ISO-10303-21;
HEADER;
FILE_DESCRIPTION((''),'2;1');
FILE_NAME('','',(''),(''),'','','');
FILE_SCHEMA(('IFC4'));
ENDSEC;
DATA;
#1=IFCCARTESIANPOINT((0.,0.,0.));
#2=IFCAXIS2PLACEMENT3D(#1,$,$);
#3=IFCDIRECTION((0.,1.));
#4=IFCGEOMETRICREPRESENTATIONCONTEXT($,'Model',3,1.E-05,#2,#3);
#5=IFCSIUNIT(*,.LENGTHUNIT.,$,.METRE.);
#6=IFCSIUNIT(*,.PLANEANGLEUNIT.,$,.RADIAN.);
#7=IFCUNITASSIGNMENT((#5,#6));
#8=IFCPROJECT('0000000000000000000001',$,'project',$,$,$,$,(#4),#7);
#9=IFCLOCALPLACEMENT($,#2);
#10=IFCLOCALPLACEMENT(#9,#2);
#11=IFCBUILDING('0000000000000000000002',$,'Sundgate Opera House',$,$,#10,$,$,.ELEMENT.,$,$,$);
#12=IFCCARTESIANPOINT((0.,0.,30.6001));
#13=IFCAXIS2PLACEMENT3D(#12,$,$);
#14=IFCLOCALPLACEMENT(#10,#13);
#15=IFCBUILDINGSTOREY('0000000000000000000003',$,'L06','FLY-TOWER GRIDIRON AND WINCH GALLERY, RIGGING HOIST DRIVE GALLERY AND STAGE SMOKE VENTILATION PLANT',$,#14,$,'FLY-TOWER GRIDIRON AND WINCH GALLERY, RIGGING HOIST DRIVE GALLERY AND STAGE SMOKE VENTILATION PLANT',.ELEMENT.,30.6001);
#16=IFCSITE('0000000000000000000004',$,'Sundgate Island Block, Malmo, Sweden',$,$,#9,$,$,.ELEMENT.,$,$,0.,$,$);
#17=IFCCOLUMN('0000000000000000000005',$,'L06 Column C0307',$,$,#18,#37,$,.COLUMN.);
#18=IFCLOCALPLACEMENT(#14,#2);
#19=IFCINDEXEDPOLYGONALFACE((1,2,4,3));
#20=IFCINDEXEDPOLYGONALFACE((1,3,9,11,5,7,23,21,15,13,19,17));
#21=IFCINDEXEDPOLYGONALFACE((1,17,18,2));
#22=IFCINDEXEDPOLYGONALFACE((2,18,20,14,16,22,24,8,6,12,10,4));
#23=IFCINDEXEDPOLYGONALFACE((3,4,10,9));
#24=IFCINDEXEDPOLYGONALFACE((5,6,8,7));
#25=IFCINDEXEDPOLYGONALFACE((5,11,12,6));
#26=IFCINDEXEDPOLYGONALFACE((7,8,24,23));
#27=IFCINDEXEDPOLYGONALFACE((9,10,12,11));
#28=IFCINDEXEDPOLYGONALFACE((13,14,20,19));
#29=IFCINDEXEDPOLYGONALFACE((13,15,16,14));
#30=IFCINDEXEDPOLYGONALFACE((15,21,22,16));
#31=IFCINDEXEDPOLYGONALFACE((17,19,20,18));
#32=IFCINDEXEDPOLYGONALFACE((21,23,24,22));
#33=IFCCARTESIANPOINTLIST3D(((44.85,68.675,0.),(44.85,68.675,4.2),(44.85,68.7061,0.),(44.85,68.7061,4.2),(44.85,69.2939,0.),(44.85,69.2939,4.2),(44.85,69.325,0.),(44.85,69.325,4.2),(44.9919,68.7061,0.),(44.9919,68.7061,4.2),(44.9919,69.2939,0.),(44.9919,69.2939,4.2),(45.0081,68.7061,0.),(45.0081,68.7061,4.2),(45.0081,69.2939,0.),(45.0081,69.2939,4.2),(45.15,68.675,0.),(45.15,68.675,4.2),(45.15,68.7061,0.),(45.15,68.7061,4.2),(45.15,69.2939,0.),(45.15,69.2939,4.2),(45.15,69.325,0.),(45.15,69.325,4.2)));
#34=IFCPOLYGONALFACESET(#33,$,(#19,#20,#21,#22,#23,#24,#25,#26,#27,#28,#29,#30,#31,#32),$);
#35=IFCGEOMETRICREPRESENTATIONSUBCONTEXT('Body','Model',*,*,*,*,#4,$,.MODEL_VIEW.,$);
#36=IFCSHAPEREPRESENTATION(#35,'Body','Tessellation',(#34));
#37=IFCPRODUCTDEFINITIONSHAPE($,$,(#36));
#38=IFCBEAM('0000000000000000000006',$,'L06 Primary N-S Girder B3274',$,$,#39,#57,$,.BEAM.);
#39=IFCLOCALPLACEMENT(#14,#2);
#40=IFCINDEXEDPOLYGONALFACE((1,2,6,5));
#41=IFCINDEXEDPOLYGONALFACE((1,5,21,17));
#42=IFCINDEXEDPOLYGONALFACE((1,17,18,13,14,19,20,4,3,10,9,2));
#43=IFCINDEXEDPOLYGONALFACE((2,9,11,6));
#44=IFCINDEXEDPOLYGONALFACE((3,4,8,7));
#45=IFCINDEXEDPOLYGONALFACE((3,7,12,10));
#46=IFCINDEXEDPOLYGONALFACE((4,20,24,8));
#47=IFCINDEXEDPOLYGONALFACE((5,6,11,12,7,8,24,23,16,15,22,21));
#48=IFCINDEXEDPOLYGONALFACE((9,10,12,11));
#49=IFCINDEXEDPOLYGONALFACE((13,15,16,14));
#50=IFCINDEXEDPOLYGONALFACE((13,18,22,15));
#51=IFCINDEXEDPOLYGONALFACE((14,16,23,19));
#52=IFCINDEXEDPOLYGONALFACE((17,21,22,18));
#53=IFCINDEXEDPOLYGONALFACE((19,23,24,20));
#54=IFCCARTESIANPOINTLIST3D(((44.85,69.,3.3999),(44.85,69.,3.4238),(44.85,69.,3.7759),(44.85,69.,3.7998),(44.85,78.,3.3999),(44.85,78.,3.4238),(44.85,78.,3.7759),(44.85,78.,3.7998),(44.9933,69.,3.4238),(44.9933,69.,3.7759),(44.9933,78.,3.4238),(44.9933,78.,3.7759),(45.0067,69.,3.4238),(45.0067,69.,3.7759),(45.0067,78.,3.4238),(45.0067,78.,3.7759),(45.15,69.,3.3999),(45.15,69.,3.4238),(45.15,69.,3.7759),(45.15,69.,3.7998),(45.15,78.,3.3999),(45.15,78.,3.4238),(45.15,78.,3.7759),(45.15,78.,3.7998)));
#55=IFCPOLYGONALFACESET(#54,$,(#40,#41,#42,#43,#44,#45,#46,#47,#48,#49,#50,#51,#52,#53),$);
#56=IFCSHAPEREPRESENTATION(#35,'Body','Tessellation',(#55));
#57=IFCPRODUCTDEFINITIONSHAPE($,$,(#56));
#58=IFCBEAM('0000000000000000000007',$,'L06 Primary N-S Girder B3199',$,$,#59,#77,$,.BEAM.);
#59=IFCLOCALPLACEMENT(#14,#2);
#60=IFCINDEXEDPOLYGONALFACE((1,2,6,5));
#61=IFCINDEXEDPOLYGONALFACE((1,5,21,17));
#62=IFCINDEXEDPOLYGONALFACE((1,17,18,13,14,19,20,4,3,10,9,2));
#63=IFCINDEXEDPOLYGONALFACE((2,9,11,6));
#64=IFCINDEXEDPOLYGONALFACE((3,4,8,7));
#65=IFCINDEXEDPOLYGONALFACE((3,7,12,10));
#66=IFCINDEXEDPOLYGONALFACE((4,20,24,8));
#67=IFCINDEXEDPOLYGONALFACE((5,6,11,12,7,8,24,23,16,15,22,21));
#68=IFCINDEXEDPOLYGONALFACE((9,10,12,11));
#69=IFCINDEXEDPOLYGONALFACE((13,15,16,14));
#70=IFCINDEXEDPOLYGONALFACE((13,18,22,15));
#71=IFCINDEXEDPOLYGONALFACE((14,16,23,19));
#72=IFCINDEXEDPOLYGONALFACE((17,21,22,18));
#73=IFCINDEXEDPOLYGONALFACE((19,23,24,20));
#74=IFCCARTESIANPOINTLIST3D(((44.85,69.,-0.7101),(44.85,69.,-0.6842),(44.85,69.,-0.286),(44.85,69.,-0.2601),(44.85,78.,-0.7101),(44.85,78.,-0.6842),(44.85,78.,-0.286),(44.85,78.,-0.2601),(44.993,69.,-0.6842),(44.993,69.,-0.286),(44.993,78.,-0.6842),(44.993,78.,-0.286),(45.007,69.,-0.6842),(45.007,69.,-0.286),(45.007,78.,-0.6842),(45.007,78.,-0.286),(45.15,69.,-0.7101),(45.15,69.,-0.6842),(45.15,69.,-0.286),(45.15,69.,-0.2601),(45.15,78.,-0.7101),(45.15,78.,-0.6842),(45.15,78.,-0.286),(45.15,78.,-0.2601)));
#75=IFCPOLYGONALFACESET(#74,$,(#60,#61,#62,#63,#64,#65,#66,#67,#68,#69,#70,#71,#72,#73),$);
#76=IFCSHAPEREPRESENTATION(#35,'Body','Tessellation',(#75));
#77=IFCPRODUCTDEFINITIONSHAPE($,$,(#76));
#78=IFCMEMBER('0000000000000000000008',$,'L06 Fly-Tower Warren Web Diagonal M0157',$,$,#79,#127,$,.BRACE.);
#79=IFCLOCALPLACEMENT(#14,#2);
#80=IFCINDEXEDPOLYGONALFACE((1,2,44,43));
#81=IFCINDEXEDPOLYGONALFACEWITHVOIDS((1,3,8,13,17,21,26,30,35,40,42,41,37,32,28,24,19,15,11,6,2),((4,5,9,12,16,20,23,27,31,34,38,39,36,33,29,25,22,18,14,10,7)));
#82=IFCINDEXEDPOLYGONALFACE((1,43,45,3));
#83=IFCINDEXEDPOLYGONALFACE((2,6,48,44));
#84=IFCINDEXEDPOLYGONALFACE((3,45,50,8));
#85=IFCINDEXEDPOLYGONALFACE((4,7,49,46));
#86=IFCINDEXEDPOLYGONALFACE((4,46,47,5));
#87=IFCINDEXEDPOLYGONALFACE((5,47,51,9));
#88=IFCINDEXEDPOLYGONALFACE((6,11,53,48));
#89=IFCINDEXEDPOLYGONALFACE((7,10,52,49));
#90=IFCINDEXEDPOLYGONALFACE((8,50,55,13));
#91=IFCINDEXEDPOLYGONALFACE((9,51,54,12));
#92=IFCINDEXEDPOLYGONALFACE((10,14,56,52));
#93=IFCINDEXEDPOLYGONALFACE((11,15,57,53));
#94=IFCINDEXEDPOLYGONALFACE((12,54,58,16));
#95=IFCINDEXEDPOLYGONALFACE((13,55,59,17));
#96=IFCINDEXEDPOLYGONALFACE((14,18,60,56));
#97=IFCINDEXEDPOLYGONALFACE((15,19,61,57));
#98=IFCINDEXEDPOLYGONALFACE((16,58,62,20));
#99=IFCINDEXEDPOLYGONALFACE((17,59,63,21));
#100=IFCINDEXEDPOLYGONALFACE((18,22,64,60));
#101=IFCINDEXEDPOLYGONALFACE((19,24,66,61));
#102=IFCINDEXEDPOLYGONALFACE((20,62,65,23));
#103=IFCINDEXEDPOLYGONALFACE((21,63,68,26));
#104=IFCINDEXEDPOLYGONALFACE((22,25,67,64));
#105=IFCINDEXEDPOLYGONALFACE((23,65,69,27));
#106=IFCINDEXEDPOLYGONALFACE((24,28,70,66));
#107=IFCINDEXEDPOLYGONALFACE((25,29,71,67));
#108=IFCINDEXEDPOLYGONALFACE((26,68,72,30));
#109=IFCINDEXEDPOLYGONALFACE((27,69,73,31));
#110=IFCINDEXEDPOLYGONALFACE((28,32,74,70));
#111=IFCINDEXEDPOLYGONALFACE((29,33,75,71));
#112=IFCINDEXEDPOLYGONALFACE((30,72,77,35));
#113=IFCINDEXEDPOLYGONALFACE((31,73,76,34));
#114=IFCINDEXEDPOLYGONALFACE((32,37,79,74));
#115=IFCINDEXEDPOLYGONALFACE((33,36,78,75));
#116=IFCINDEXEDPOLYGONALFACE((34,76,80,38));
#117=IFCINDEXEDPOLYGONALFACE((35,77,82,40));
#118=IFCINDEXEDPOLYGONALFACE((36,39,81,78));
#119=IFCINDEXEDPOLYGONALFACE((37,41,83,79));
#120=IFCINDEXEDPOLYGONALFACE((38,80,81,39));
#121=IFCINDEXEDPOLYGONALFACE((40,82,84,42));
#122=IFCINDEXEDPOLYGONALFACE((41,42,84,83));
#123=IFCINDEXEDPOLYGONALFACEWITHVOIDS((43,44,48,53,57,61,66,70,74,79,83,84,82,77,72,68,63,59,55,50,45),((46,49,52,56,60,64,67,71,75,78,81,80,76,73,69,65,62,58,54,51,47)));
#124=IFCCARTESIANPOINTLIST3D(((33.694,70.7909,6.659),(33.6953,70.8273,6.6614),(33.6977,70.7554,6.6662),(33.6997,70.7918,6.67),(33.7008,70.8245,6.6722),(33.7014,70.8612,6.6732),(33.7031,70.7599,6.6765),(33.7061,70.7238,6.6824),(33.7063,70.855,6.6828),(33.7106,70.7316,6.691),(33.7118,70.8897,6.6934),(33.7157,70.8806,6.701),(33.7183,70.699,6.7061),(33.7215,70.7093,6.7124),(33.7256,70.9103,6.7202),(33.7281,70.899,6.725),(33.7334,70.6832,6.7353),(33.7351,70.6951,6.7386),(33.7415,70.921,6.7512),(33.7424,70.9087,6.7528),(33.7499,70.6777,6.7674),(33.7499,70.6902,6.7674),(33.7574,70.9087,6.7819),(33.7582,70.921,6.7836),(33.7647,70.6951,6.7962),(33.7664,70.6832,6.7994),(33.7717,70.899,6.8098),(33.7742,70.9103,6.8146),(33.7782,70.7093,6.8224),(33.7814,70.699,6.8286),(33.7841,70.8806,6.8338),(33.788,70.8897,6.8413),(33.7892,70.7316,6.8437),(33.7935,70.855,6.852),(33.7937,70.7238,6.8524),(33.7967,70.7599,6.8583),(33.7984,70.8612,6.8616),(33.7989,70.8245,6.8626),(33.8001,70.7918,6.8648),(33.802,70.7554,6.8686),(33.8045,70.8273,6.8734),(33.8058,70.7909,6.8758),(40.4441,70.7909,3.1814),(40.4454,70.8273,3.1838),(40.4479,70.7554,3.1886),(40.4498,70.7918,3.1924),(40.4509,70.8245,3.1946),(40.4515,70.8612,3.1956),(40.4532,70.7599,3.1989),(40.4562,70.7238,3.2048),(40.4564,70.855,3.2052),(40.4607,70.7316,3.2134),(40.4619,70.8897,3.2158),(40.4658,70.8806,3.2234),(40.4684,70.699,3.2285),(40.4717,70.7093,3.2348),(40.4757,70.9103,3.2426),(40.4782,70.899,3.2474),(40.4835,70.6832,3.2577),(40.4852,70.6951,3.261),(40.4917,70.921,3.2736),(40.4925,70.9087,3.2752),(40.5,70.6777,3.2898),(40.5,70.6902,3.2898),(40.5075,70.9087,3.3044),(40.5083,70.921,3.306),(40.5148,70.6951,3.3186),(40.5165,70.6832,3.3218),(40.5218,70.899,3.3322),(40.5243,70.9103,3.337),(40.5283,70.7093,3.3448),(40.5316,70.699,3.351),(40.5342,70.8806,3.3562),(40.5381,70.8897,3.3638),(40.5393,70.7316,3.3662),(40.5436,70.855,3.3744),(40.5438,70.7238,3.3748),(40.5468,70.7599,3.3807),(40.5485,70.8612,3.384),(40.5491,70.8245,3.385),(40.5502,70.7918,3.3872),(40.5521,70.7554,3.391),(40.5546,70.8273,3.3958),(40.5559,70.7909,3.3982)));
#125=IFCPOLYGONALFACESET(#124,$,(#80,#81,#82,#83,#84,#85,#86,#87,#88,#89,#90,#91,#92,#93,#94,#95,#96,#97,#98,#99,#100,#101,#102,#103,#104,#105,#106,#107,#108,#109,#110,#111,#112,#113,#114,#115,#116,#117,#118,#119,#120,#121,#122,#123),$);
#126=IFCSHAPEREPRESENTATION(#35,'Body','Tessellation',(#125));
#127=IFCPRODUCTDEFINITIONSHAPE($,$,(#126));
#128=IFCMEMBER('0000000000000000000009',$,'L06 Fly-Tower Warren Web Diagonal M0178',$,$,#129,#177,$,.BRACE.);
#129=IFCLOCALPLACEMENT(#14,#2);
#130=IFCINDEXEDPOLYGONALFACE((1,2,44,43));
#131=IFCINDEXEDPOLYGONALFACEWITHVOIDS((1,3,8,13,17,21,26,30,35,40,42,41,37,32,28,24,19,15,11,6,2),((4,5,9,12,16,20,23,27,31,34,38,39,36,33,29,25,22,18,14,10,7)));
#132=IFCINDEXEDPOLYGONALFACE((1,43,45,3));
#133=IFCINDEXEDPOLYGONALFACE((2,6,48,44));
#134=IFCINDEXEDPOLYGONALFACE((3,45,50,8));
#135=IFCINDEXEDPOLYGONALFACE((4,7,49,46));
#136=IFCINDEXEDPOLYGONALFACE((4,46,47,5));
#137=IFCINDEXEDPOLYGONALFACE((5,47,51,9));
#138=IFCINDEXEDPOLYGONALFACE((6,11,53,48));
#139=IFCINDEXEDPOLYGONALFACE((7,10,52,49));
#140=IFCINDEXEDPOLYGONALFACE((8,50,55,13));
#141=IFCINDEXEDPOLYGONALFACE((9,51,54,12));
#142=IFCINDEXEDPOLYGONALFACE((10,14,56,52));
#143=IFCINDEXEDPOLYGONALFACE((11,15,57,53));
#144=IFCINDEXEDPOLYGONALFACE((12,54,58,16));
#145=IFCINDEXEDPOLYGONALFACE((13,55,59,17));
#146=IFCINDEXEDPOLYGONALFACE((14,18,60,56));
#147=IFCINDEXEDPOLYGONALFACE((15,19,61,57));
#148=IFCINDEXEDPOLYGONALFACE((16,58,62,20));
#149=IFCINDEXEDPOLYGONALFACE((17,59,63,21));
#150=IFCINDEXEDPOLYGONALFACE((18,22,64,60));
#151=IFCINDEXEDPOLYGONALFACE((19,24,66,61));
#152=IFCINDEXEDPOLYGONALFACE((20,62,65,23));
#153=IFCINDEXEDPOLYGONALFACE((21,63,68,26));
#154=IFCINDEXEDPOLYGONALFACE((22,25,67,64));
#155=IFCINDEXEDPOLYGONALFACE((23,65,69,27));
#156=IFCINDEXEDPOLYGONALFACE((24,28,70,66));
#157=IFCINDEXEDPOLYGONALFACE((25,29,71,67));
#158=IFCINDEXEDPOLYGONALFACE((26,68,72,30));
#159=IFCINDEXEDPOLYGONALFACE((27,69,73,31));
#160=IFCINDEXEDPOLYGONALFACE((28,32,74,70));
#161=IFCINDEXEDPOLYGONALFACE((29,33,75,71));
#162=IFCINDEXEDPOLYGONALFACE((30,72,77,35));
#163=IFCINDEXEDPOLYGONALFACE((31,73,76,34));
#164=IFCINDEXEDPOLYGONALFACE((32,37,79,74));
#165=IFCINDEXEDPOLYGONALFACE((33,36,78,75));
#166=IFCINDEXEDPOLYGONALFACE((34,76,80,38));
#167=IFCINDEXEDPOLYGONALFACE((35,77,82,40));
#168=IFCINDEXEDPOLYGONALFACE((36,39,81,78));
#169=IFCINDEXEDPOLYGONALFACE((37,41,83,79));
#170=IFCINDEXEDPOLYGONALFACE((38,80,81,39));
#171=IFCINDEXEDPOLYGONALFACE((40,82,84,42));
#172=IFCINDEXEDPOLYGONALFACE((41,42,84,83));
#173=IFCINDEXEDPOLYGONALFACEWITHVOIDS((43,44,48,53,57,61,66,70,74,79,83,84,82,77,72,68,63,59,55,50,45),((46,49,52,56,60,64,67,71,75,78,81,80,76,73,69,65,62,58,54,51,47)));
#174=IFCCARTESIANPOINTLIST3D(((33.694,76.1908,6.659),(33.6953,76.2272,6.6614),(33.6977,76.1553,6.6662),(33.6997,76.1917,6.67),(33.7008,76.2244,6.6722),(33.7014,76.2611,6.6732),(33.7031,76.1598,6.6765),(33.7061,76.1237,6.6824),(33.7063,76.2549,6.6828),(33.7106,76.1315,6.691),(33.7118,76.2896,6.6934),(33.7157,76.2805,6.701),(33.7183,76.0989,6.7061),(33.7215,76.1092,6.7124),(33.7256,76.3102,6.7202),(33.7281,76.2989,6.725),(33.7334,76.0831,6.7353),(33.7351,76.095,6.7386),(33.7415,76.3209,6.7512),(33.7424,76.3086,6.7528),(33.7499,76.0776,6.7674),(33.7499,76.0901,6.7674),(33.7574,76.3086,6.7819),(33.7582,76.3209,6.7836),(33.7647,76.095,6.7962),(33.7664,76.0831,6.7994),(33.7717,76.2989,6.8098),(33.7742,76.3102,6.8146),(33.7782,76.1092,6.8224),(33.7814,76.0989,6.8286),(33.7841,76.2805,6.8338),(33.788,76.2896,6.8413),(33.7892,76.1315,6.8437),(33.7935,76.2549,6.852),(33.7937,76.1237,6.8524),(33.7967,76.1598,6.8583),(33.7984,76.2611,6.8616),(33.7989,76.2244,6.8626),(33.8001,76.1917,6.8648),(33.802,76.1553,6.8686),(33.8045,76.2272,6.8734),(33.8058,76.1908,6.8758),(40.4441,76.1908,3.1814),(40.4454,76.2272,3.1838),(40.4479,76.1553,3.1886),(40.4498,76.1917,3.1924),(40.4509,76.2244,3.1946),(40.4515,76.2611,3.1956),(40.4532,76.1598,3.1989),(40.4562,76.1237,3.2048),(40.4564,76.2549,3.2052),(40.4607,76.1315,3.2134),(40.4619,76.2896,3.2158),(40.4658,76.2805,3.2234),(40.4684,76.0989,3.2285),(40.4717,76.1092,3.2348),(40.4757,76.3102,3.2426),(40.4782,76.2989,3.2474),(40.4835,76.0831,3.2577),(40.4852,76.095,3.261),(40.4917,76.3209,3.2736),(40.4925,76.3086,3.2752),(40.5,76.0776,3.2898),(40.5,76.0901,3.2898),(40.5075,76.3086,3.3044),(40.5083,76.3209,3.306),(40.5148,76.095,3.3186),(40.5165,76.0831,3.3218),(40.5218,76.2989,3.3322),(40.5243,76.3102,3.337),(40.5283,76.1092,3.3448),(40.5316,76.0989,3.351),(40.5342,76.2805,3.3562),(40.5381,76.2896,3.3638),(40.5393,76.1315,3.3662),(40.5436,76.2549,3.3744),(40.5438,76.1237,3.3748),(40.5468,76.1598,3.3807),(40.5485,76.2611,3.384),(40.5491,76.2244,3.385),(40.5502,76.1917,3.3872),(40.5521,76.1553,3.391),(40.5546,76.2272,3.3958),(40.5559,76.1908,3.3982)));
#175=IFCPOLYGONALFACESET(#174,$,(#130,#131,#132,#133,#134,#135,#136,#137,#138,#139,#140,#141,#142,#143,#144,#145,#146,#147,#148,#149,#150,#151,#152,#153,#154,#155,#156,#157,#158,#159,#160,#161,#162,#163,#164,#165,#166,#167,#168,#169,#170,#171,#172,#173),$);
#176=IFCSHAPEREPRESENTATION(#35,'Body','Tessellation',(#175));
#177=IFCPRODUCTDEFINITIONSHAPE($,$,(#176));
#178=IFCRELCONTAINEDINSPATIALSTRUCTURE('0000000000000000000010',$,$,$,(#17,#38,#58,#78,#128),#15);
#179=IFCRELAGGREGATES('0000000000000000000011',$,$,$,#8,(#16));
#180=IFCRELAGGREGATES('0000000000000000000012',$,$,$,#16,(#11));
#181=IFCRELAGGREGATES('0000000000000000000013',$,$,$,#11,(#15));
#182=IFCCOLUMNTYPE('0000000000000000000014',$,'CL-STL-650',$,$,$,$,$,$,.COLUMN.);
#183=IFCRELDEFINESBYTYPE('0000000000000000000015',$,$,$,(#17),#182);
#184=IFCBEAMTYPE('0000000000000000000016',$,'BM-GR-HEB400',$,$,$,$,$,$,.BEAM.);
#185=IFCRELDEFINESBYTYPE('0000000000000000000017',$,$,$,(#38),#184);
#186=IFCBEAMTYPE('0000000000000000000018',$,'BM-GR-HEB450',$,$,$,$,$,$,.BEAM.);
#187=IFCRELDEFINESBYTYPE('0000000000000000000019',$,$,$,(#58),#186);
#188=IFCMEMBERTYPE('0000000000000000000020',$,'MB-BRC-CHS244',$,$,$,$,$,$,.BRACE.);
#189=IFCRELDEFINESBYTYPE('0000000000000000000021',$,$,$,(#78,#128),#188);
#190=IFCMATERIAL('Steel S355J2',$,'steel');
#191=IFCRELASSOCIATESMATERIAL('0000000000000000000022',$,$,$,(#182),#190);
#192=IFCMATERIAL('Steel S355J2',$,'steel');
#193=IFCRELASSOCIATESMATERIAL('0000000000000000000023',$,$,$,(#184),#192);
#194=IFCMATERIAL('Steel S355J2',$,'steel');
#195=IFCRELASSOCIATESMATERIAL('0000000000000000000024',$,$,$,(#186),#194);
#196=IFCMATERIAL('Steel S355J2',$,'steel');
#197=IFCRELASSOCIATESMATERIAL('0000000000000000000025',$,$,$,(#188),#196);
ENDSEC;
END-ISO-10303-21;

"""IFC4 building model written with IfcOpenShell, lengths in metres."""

from ifc_helpers import new_model, si_unit, direction, frame, origin, origin_2d, place, context, subcontext, project, spatial, hollow_circle, i_section, extrude, material, material_profile, profile_set, type_object, element, save


model = new_model("IFC4")

# Units and contexts
model_context = context("Model", 3, precision=1e-05, world=origin(), true_north=direction((0.0, 1.0)))
body_context = subcontext(model_context, "Body", "Model", "MODEL_VIEW")
ifc_project = project(units=[si_unit("LENGTHUNIT", "METRE"), si_unit("PLANEANGLEUNIT", "RADIAN")], contexts=[model_context])

# Site, building, storey
site_placement = place(None, origin())
site = spatial("IfcSite", under=ifc_project, at=site_placement, Name="Sundgate Island Block, Malmo, Sweden", CompositionType="ELEMENT", RefElevation=0.0)
building_placement = place(site_placement, origin())
building = spatial("IfcBuilding", under=site, at=building_placement, Name="Sundgate Opera House", CompositionType="ELEMENT")
storey_placement = place(building_placement, frame((0.0, 0.0, 30.6001)))
storey = spatial("IfcBuildingStorey", under=building, at=storey_placement, Name="L06", Description="FLY-TOWER GRIDIRON AND WINCH GALLERY, RIGGING HOIST DRIVE GALLERY AND STAGE SMOKE VENTILATION PLANT", LongName="FLY-TOWER GRIDIRON AND WINCH GALLERY, RIGGING HOIST DRIVE GALLERY AND STAGE SMOKE VENTILATION PLANT", CompositionType="ELEMENT", Elevation=30.6001)

# Column
ifc_material_1 = material(Name="Steel S355J2", Category="steel")
ifc_material_profile_1 = material_profile(ifc_material_1, i_section(OverallWidth=0.3, OverallDepth=0.6499, WebThickness=0.0161, FlangeThickness=0.031, at=origin_2d()), Name="HEB 650")
ifc_profile_set_1 = profile_set([ifc_material_profile_1], Name="Steel S355J2")
column_type = type_object("IfcColumnType", Name="CL-STL-650", PredefinedType="COLUMN", material=ifc_profile_set_1)
column_placement = place(storey_placement, frame((45.0, 69.0, 0.0), z_axis=(0.0, 0.0, 1.0), x_axis=(1.0, 0.0, 0.0)))
element("IfcColumn", 1, at=column_placement, inside=storey, type_object=column_type, Name="L06 Column C0307", PredefinedType="COLUMN", context=body_context, shape_type="SweptSolid", body=[
    extrude(i_section(OverallWidth=0.3, OverallDepth=0.6499, WebThickness=0.0161, FlangeThickness=0.031, at=origin_2d()), origin(), (0.0, 0.0, 1.0), 4.2),
])

# Beams
ifc_material_2 = material(Name="Steel S355J2", Category="steel")
ifc_material_profile_2 = material_profile(ifc_material_2, i_section(OverallWidth=0.3, OverallDepth=0.3999, WebThickness=0.0134, FlangeThickness=0.0239, at=origin_2d()), Name="HEB 400")
ifc_profile_set_2 = profile_set([ifc_material_profile_2], Name="Steel S355J2")
beam_type_1 = type_object("IfcBeamType", Name="BM-GR-HEB400", PredefinedType="BEAM", material=ifc_profile_set_2)
beam_1_placement = place(storey_placement, frame((45.0, 69.0, 3.5999), z_axis=(0.0, 1.0, 0.0), x_axis=(-1.0, 0.0, 0.0)))
element("IfcBeam", 2, at=beam_1_placement, inside=storey, type_object=beam_type_1, Name="L06 Primary N-S Girder B3274", PredefinedType="BEAM", context=body_context, shape_type="SweptSolid", body=[
    extrude(i_section(OverallWidth=0.3, OverallDepth=0.3999, WebThickness=0.0134, FlangeThickness=0.0239, at=origin_2d()), origin(), (0.0, 0.0, 1.0), 9.0),
])
ifc_material_3 = material(Name="Steel S355J2", Category="steel")
ifc_material_profile_3 = material_profile(ifc_material_3, i_section(OverallWidth=0.3, OverallDepth=0.45, WebThickness=0.0139, FlangeThickness=0.0259, at=origin_2d()), Name="HEB 450")
ifc_profile_set_3 = profile_set([ifc_material_profile_3], Name="Steel S355J2")
beam_type_2 = type_object("IfcBeamType", Name="BM-GR-HEB450", PredefinedType="BEAM", material=ifc_profile_set_3)
beam_2_placement = place(storey_placement, frame((45.0, 69.0, -0.4851), z_axis=(0.0, 1.0, 0.0), x_axis=(-1.0, 0.0, 0.0)))
element("IfcBeam", 3, at=beam_2_placement, inside=storey, type_object=beam_type_2, Name="L06 Primary N-S Girder B3199", PredefinedType="BEAM", context=body_context, shape_type="SweptSolid", body=[
    extrude(i_section(OverallWidth=0.3, OverallDepth=0.45, WebThickness=0.0139, FlangeThickness=0.0259, at=origin_2d()), origin(), (0.0, 0.0, 1.0), 9.0),
])

# Members
ifc_material_4 = material(Name="Steel S355J2", Category="steel")
ifc_material_profile_4 = material_profile(ifc_material_4, hollow_circle(Radius=0.1223, WallThickness=0.0125, at=origin_2d()), Name="CHS 244.5x12.5")
ifc_profile_set_4 = profile_set([ifc_material_profile_4], Name="Steel S355J2")
member_type_1 = type_object("IfcMemberType", Name="MB-BRC-CHS244", PredefinedType="BRACE", material=ifc_profile_set_4)
for number, where, z_axis, x_axis, name in (
    (4, (40.5, 70.8, 3.2898), (-0.88896, 0.0, 0.457984), (0.0, -1.0, 0.0), "L06 Fly-Tower Warren Web Diagonal M0157"),
    (5, (40.5, 76.2, 3.2898), (-0.88896, 0.0, 0.457984), (0.0, -1.0, 0.0), "L06 Fly-Tower Warren Web Diagonal M0178"),
):
    element("IfcMember", number, at=place(storey_placement, frame(where, z_axis=z_axis, x_axis=x_axis)), inside=storey, type_object=member_type_1, Name=name, PredefinedType="BRACE", context=body_context, shape_type="SweptSolid", body=[
        extrude(hollow_circle(Radius=0.1223, WallThickness=0.0125, at=origin_2d()), origin(), (0.0, 0.0, 1.0), 7.5933),
    ])

save(model, "model.ifc")
